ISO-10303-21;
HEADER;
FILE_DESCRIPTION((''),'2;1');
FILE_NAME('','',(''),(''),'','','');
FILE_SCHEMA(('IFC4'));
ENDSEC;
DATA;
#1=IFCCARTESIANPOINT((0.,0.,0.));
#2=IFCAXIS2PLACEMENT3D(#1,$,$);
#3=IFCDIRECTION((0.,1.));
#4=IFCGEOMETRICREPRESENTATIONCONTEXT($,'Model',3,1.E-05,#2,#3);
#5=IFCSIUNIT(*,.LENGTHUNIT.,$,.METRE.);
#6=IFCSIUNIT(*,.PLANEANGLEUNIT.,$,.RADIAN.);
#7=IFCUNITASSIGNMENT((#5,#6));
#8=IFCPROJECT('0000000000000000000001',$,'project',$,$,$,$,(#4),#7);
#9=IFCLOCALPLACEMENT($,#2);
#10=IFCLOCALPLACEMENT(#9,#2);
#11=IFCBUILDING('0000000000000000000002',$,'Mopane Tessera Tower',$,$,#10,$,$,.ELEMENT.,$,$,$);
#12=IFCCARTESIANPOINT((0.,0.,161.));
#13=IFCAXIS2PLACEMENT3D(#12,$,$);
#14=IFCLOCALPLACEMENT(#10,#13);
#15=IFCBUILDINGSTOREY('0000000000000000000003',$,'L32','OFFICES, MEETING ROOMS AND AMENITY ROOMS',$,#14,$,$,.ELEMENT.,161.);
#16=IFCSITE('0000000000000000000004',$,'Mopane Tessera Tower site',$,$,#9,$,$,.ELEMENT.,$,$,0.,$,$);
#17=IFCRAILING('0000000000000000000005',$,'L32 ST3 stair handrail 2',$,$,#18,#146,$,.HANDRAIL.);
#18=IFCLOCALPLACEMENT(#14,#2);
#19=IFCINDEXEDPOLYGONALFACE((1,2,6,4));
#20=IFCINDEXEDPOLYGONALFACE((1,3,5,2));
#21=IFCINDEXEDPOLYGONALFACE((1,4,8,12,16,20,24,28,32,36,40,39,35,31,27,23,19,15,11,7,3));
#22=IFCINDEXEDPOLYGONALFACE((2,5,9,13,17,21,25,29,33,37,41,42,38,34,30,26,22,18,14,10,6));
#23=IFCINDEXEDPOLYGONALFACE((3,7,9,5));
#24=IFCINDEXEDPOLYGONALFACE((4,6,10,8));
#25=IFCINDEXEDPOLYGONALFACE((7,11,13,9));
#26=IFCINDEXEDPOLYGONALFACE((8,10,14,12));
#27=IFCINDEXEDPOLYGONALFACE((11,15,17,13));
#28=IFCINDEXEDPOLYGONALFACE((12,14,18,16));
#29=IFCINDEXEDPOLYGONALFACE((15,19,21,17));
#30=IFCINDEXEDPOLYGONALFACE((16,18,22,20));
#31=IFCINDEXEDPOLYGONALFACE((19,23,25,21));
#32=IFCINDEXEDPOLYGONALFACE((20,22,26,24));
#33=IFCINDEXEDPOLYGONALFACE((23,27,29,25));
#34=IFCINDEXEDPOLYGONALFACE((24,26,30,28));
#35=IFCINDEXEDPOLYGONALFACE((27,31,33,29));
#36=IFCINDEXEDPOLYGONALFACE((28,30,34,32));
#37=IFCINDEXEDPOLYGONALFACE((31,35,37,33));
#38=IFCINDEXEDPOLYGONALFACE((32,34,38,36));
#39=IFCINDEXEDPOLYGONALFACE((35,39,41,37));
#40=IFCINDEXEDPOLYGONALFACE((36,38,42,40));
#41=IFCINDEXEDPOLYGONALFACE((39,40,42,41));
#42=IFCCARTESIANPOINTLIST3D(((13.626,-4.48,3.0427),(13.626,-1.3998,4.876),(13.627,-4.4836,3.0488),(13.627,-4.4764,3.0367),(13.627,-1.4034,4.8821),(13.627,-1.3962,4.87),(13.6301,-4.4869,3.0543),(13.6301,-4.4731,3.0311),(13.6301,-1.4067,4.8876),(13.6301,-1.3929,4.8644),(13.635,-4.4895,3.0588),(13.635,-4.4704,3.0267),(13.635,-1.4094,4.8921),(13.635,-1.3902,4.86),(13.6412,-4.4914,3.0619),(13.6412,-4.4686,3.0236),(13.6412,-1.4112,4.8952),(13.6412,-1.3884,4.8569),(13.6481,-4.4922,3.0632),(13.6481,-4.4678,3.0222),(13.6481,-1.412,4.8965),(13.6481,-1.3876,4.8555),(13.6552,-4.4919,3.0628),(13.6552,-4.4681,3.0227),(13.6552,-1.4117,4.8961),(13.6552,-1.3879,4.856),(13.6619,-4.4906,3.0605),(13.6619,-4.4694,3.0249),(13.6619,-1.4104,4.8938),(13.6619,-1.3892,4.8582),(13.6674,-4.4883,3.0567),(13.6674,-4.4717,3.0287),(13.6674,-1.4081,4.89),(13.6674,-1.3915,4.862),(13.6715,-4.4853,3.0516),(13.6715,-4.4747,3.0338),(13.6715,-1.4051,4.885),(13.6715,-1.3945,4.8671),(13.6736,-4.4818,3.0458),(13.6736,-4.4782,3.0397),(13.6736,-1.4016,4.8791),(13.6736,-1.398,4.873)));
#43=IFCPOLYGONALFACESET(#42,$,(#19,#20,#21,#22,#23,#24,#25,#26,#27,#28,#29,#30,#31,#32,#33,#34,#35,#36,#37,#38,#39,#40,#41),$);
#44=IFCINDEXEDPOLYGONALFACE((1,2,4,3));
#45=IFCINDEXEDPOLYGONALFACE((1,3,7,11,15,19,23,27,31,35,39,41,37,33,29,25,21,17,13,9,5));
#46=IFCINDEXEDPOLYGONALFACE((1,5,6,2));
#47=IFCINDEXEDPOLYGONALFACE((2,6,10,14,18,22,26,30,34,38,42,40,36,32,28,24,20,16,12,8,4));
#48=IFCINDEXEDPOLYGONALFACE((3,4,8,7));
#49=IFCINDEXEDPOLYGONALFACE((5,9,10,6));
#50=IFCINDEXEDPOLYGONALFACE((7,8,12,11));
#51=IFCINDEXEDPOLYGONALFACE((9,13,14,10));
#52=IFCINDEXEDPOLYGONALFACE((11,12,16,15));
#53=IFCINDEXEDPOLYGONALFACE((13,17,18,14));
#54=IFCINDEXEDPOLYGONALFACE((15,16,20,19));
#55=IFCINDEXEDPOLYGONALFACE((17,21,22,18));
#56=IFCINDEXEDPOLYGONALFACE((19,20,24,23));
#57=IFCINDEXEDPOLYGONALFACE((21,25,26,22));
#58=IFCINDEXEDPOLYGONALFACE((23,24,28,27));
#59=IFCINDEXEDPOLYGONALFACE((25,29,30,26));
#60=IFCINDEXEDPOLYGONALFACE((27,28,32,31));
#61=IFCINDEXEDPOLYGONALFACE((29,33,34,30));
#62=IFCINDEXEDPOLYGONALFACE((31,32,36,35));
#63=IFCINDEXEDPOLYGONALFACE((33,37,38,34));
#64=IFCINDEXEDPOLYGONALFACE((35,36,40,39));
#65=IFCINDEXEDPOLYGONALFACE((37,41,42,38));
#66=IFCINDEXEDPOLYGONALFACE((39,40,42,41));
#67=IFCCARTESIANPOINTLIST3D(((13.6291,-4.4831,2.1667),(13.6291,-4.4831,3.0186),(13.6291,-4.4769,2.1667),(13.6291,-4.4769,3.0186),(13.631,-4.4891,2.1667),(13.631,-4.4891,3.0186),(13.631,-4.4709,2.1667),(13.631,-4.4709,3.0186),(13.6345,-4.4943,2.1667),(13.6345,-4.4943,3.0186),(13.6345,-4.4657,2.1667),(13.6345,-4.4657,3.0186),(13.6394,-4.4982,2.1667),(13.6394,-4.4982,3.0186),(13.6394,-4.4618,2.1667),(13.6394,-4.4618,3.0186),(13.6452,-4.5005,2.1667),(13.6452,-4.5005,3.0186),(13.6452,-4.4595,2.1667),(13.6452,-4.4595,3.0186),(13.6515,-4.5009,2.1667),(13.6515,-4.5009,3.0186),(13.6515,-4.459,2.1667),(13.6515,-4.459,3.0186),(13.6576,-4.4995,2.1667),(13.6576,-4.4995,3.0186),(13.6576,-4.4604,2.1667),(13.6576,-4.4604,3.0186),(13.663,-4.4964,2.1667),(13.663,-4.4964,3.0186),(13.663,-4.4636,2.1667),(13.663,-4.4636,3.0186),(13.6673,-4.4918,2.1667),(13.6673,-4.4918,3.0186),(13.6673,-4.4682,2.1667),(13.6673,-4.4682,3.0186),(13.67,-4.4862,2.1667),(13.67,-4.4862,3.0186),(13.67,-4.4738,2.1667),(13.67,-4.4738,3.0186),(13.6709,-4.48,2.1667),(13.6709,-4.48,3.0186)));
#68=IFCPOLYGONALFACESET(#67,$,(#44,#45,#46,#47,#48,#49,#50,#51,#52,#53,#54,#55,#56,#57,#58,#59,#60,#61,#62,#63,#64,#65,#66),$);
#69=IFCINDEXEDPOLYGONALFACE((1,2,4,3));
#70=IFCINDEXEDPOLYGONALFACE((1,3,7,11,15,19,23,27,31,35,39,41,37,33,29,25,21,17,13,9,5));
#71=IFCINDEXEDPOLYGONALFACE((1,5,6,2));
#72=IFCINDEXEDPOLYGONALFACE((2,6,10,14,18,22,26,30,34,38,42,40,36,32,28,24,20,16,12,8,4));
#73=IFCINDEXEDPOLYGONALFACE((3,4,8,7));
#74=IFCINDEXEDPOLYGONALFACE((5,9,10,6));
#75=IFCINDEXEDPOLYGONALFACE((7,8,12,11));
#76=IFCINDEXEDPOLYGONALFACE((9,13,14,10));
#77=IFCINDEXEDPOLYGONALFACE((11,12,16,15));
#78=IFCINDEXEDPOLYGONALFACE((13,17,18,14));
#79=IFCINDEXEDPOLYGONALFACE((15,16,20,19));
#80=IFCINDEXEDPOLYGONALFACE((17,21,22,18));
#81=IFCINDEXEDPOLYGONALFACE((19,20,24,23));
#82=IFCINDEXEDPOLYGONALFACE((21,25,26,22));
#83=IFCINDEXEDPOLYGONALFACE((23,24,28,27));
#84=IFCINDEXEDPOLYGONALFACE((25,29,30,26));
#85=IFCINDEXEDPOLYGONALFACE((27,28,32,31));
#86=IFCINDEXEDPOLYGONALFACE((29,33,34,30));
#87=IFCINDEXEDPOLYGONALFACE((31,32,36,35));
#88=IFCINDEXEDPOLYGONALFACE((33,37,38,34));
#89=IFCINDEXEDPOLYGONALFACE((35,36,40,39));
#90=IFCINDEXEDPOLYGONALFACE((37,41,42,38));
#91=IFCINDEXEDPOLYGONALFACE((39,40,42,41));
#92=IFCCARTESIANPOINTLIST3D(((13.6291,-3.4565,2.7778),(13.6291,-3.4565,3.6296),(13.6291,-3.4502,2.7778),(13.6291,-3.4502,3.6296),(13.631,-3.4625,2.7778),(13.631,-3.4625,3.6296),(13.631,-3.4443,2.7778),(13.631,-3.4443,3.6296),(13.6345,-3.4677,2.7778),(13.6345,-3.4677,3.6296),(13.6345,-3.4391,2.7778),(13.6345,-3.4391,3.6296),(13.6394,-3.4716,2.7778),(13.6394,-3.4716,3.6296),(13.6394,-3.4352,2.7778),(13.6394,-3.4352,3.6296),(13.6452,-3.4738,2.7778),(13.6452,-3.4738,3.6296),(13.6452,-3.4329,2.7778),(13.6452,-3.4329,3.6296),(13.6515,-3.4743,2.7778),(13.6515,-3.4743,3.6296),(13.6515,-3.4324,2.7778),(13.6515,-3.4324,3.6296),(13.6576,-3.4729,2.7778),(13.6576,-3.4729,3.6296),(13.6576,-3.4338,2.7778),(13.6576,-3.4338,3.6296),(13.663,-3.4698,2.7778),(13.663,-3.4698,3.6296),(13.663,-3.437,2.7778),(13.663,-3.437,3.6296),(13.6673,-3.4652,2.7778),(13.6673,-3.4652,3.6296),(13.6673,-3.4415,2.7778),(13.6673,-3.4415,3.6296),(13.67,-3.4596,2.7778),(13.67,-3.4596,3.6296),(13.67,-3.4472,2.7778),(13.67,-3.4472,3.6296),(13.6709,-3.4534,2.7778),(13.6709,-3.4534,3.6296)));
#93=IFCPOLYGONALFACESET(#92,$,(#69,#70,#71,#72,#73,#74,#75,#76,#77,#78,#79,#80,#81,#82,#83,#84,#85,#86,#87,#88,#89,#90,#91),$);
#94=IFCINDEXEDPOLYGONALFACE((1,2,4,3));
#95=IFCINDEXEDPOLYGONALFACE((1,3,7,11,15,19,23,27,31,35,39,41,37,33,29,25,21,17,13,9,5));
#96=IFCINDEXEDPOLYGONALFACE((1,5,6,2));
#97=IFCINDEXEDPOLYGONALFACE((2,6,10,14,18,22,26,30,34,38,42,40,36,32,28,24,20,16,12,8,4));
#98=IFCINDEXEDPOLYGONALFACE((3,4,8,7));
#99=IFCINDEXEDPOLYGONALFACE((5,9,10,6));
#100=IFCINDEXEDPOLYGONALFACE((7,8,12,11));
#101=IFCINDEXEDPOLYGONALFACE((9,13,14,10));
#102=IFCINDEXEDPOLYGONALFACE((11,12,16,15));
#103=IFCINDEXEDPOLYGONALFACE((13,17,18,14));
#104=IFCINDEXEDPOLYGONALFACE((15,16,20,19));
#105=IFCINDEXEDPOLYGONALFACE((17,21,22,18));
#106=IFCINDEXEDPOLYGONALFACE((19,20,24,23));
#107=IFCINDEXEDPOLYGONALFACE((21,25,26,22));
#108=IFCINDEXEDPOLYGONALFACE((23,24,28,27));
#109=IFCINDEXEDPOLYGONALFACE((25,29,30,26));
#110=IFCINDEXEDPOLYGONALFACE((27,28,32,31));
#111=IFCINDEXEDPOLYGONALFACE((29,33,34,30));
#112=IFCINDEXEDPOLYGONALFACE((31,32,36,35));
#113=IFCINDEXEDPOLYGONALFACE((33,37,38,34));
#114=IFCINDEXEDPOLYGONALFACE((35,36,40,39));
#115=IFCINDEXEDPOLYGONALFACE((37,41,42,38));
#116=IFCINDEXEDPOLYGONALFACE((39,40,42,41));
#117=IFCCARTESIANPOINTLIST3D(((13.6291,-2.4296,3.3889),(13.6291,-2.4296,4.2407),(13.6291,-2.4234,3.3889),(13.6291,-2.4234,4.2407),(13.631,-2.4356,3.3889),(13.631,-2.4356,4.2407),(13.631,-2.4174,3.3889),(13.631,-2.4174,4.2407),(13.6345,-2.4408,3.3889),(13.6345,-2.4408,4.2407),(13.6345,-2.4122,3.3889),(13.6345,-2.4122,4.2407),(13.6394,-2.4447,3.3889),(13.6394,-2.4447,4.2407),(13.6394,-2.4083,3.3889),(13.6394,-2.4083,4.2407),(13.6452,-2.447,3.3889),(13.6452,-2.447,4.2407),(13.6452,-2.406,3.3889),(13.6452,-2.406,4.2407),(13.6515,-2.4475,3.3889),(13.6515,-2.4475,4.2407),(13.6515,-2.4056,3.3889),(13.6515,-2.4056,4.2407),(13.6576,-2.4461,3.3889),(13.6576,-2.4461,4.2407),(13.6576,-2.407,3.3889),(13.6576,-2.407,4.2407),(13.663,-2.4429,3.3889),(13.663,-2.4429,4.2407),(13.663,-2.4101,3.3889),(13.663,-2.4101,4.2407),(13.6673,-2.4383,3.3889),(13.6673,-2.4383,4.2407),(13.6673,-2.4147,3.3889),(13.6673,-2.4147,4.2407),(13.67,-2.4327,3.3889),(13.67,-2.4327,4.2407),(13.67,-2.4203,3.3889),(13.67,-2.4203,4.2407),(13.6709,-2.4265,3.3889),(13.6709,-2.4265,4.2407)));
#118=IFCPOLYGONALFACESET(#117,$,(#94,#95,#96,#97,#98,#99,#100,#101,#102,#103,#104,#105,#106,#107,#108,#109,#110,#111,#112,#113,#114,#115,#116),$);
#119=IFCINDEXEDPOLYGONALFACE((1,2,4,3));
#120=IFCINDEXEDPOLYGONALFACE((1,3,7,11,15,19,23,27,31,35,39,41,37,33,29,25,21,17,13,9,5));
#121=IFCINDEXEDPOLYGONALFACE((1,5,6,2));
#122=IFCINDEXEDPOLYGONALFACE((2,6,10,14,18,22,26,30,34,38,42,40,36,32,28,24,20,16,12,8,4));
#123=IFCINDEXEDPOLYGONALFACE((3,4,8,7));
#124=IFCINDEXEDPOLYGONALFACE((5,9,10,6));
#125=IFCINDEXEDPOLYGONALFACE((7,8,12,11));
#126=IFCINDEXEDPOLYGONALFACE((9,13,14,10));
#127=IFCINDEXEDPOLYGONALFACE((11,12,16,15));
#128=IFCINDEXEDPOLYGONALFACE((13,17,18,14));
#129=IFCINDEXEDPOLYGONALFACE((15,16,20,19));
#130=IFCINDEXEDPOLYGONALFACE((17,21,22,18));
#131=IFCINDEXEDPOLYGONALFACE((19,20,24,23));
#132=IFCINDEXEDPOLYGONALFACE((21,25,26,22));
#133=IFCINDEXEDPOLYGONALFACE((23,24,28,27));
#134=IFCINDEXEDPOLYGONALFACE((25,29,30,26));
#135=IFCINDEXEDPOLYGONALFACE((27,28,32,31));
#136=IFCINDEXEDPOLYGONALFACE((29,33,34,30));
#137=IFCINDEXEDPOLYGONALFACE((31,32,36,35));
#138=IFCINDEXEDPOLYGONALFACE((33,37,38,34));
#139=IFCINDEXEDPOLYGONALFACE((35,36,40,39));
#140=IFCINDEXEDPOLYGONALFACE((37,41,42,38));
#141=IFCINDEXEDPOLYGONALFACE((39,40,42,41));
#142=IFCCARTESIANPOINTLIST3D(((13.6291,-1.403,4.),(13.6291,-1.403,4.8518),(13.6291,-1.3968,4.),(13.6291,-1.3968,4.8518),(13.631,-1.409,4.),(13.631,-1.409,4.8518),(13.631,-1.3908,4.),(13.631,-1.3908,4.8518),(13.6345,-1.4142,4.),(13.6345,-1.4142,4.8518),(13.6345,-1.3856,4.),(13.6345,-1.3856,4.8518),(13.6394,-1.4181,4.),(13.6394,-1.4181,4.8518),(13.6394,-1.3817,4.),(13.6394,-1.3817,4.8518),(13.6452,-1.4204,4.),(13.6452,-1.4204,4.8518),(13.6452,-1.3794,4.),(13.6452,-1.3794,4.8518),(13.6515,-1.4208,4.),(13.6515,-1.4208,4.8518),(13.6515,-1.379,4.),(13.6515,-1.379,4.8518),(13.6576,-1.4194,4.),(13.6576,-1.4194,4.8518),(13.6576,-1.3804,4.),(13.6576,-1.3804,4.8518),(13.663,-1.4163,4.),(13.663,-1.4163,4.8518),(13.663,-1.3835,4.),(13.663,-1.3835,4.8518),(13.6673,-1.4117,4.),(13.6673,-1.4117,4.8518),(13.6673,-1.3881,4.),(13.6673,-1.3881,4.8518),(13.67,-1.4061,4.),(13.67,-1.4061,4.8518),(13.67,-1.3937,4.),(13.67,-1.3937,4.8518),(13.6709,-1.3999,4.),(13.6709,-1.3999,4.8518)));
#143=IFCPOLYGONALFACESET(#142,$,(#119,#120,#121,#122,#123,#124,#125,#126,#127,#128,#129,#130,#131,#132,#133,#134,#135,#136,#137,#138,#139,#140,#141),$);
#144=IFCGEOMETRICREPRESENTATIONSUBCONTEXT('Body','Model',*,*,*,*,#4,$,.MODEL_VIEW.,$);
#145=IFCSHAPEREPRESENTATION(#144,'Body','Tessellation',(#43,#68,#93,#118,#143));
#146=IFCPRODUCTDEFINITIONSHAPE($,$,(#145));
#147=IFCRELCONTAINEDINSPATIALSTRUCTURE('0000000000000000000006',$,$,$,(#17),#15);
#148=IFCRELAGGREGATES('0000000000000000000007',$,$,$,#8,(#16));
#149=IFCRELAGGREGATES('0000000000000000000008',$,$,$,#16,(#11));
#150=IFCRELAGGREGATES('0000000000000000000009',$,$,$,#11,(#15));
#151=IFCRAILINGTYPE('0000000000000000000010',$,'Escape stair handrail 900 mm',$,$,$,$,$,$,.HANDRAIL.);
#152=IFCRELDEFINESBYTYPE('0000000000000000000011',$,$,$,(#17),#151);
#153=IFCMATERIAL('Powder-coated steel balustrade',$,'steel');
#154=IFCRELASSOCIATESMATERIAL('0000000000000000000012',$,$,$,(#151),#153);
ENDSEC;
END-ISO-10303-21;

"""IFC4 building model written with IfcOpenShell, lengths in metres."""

from ifc_helpers import new_model, si_unit, direction, frame, origin, origin_2d, place, context, subcontext, project, spatial, circle, extrude, material, type_object, element, save


model = new_model("IFC4")

# Units and contexts
model_context = context("Model", 3, precision=1e-05, world=origin(), true_north=direction((0.0, 1.0)))
body_context = subcontext(model_context, "Body", "Model", "MODEL_VIEW")
ifc_project = project(units=[si_unit("LENGTHUNIT", "METRE"), si_unit("PLANEANGLEUNIT", "RADIAN")], contexts=[model_context])

# Site, building, storey
site_placement = place(None, origin())
site = spatial("IfcSite", under=ifc_project, at=site_placement, Name="Mopane Tessera Tower site", CompositionType="ELEMENT", RefElevation=0.0)
building_placement = place(site_placement, origin())
building = spatial("IfcBuilding", under=site, at=building_placement, Name="Mopane Tessera Tower", CompositionType="ELEMENT")
storey_placement = place(building_placement, frame((0.0, 0.0, 161.0)))
storey = spatial("IfcBuildingStorey", under=building, at=storey_placement, Name="L32", Description="OFFICES, MEETING ROOMS AND AMENITY ROOMS", CompositionType="ELEMENT", Elevation=161.0)

# Railing
ifc_material_1 = material(Name="Powder-coated steel balustrade", Category="steel")
railing_type_1 = type_object("IfcRailingType", Name="Escape stair handrail 900 mm", PredefinedType="HANDRAIL", material=ifc_material_1)
railing_1_placement = place(storey_placement, frame((13.6499, -4.48, 2.1667)))
element("IfcRailing", 1, at=railing_1_placement, inside=storey, type_object=railing_type_1, Name="L32 ST3 stair handrail 2", PredefinedType="HANDRAIL", context=body_context, shape_type="SweptSolid", body=[
    extrude(circle(Radius=0.0239, at=origin_2d()), frame((0.0, 0.0, 0.876), z_axis=(0.0, 0.859309, 0.511458), x_axis=(-1.0, 0.0, 0.0)), (0.0, 0.0, 1.0), 3.5845),
    extrude(circle(Radius=0.021, at=origin_2d()), origin(), (0.0, 0.0, 1.0), 0.8518),
    extrude(circle(Radius=0.021, at=origin_2d()), frame((0.0, 1.0266, 0.6111)), (0.0, 0.0, 1.0), 0.8518),
    extrude(circle(Radius=0.021, at=origin_2d()), frame((0.0, 2.0535, 1.2222)), (0.0, 0.0, 1.0), 0.8518),
    extrude(circle(Radius=0.021, at=origin_2d()), frame((0.0, 3.0801, 1.8333)), (0.0, 0.0, 1.0), 0.8518),
])

save(model, "model.ifc")
